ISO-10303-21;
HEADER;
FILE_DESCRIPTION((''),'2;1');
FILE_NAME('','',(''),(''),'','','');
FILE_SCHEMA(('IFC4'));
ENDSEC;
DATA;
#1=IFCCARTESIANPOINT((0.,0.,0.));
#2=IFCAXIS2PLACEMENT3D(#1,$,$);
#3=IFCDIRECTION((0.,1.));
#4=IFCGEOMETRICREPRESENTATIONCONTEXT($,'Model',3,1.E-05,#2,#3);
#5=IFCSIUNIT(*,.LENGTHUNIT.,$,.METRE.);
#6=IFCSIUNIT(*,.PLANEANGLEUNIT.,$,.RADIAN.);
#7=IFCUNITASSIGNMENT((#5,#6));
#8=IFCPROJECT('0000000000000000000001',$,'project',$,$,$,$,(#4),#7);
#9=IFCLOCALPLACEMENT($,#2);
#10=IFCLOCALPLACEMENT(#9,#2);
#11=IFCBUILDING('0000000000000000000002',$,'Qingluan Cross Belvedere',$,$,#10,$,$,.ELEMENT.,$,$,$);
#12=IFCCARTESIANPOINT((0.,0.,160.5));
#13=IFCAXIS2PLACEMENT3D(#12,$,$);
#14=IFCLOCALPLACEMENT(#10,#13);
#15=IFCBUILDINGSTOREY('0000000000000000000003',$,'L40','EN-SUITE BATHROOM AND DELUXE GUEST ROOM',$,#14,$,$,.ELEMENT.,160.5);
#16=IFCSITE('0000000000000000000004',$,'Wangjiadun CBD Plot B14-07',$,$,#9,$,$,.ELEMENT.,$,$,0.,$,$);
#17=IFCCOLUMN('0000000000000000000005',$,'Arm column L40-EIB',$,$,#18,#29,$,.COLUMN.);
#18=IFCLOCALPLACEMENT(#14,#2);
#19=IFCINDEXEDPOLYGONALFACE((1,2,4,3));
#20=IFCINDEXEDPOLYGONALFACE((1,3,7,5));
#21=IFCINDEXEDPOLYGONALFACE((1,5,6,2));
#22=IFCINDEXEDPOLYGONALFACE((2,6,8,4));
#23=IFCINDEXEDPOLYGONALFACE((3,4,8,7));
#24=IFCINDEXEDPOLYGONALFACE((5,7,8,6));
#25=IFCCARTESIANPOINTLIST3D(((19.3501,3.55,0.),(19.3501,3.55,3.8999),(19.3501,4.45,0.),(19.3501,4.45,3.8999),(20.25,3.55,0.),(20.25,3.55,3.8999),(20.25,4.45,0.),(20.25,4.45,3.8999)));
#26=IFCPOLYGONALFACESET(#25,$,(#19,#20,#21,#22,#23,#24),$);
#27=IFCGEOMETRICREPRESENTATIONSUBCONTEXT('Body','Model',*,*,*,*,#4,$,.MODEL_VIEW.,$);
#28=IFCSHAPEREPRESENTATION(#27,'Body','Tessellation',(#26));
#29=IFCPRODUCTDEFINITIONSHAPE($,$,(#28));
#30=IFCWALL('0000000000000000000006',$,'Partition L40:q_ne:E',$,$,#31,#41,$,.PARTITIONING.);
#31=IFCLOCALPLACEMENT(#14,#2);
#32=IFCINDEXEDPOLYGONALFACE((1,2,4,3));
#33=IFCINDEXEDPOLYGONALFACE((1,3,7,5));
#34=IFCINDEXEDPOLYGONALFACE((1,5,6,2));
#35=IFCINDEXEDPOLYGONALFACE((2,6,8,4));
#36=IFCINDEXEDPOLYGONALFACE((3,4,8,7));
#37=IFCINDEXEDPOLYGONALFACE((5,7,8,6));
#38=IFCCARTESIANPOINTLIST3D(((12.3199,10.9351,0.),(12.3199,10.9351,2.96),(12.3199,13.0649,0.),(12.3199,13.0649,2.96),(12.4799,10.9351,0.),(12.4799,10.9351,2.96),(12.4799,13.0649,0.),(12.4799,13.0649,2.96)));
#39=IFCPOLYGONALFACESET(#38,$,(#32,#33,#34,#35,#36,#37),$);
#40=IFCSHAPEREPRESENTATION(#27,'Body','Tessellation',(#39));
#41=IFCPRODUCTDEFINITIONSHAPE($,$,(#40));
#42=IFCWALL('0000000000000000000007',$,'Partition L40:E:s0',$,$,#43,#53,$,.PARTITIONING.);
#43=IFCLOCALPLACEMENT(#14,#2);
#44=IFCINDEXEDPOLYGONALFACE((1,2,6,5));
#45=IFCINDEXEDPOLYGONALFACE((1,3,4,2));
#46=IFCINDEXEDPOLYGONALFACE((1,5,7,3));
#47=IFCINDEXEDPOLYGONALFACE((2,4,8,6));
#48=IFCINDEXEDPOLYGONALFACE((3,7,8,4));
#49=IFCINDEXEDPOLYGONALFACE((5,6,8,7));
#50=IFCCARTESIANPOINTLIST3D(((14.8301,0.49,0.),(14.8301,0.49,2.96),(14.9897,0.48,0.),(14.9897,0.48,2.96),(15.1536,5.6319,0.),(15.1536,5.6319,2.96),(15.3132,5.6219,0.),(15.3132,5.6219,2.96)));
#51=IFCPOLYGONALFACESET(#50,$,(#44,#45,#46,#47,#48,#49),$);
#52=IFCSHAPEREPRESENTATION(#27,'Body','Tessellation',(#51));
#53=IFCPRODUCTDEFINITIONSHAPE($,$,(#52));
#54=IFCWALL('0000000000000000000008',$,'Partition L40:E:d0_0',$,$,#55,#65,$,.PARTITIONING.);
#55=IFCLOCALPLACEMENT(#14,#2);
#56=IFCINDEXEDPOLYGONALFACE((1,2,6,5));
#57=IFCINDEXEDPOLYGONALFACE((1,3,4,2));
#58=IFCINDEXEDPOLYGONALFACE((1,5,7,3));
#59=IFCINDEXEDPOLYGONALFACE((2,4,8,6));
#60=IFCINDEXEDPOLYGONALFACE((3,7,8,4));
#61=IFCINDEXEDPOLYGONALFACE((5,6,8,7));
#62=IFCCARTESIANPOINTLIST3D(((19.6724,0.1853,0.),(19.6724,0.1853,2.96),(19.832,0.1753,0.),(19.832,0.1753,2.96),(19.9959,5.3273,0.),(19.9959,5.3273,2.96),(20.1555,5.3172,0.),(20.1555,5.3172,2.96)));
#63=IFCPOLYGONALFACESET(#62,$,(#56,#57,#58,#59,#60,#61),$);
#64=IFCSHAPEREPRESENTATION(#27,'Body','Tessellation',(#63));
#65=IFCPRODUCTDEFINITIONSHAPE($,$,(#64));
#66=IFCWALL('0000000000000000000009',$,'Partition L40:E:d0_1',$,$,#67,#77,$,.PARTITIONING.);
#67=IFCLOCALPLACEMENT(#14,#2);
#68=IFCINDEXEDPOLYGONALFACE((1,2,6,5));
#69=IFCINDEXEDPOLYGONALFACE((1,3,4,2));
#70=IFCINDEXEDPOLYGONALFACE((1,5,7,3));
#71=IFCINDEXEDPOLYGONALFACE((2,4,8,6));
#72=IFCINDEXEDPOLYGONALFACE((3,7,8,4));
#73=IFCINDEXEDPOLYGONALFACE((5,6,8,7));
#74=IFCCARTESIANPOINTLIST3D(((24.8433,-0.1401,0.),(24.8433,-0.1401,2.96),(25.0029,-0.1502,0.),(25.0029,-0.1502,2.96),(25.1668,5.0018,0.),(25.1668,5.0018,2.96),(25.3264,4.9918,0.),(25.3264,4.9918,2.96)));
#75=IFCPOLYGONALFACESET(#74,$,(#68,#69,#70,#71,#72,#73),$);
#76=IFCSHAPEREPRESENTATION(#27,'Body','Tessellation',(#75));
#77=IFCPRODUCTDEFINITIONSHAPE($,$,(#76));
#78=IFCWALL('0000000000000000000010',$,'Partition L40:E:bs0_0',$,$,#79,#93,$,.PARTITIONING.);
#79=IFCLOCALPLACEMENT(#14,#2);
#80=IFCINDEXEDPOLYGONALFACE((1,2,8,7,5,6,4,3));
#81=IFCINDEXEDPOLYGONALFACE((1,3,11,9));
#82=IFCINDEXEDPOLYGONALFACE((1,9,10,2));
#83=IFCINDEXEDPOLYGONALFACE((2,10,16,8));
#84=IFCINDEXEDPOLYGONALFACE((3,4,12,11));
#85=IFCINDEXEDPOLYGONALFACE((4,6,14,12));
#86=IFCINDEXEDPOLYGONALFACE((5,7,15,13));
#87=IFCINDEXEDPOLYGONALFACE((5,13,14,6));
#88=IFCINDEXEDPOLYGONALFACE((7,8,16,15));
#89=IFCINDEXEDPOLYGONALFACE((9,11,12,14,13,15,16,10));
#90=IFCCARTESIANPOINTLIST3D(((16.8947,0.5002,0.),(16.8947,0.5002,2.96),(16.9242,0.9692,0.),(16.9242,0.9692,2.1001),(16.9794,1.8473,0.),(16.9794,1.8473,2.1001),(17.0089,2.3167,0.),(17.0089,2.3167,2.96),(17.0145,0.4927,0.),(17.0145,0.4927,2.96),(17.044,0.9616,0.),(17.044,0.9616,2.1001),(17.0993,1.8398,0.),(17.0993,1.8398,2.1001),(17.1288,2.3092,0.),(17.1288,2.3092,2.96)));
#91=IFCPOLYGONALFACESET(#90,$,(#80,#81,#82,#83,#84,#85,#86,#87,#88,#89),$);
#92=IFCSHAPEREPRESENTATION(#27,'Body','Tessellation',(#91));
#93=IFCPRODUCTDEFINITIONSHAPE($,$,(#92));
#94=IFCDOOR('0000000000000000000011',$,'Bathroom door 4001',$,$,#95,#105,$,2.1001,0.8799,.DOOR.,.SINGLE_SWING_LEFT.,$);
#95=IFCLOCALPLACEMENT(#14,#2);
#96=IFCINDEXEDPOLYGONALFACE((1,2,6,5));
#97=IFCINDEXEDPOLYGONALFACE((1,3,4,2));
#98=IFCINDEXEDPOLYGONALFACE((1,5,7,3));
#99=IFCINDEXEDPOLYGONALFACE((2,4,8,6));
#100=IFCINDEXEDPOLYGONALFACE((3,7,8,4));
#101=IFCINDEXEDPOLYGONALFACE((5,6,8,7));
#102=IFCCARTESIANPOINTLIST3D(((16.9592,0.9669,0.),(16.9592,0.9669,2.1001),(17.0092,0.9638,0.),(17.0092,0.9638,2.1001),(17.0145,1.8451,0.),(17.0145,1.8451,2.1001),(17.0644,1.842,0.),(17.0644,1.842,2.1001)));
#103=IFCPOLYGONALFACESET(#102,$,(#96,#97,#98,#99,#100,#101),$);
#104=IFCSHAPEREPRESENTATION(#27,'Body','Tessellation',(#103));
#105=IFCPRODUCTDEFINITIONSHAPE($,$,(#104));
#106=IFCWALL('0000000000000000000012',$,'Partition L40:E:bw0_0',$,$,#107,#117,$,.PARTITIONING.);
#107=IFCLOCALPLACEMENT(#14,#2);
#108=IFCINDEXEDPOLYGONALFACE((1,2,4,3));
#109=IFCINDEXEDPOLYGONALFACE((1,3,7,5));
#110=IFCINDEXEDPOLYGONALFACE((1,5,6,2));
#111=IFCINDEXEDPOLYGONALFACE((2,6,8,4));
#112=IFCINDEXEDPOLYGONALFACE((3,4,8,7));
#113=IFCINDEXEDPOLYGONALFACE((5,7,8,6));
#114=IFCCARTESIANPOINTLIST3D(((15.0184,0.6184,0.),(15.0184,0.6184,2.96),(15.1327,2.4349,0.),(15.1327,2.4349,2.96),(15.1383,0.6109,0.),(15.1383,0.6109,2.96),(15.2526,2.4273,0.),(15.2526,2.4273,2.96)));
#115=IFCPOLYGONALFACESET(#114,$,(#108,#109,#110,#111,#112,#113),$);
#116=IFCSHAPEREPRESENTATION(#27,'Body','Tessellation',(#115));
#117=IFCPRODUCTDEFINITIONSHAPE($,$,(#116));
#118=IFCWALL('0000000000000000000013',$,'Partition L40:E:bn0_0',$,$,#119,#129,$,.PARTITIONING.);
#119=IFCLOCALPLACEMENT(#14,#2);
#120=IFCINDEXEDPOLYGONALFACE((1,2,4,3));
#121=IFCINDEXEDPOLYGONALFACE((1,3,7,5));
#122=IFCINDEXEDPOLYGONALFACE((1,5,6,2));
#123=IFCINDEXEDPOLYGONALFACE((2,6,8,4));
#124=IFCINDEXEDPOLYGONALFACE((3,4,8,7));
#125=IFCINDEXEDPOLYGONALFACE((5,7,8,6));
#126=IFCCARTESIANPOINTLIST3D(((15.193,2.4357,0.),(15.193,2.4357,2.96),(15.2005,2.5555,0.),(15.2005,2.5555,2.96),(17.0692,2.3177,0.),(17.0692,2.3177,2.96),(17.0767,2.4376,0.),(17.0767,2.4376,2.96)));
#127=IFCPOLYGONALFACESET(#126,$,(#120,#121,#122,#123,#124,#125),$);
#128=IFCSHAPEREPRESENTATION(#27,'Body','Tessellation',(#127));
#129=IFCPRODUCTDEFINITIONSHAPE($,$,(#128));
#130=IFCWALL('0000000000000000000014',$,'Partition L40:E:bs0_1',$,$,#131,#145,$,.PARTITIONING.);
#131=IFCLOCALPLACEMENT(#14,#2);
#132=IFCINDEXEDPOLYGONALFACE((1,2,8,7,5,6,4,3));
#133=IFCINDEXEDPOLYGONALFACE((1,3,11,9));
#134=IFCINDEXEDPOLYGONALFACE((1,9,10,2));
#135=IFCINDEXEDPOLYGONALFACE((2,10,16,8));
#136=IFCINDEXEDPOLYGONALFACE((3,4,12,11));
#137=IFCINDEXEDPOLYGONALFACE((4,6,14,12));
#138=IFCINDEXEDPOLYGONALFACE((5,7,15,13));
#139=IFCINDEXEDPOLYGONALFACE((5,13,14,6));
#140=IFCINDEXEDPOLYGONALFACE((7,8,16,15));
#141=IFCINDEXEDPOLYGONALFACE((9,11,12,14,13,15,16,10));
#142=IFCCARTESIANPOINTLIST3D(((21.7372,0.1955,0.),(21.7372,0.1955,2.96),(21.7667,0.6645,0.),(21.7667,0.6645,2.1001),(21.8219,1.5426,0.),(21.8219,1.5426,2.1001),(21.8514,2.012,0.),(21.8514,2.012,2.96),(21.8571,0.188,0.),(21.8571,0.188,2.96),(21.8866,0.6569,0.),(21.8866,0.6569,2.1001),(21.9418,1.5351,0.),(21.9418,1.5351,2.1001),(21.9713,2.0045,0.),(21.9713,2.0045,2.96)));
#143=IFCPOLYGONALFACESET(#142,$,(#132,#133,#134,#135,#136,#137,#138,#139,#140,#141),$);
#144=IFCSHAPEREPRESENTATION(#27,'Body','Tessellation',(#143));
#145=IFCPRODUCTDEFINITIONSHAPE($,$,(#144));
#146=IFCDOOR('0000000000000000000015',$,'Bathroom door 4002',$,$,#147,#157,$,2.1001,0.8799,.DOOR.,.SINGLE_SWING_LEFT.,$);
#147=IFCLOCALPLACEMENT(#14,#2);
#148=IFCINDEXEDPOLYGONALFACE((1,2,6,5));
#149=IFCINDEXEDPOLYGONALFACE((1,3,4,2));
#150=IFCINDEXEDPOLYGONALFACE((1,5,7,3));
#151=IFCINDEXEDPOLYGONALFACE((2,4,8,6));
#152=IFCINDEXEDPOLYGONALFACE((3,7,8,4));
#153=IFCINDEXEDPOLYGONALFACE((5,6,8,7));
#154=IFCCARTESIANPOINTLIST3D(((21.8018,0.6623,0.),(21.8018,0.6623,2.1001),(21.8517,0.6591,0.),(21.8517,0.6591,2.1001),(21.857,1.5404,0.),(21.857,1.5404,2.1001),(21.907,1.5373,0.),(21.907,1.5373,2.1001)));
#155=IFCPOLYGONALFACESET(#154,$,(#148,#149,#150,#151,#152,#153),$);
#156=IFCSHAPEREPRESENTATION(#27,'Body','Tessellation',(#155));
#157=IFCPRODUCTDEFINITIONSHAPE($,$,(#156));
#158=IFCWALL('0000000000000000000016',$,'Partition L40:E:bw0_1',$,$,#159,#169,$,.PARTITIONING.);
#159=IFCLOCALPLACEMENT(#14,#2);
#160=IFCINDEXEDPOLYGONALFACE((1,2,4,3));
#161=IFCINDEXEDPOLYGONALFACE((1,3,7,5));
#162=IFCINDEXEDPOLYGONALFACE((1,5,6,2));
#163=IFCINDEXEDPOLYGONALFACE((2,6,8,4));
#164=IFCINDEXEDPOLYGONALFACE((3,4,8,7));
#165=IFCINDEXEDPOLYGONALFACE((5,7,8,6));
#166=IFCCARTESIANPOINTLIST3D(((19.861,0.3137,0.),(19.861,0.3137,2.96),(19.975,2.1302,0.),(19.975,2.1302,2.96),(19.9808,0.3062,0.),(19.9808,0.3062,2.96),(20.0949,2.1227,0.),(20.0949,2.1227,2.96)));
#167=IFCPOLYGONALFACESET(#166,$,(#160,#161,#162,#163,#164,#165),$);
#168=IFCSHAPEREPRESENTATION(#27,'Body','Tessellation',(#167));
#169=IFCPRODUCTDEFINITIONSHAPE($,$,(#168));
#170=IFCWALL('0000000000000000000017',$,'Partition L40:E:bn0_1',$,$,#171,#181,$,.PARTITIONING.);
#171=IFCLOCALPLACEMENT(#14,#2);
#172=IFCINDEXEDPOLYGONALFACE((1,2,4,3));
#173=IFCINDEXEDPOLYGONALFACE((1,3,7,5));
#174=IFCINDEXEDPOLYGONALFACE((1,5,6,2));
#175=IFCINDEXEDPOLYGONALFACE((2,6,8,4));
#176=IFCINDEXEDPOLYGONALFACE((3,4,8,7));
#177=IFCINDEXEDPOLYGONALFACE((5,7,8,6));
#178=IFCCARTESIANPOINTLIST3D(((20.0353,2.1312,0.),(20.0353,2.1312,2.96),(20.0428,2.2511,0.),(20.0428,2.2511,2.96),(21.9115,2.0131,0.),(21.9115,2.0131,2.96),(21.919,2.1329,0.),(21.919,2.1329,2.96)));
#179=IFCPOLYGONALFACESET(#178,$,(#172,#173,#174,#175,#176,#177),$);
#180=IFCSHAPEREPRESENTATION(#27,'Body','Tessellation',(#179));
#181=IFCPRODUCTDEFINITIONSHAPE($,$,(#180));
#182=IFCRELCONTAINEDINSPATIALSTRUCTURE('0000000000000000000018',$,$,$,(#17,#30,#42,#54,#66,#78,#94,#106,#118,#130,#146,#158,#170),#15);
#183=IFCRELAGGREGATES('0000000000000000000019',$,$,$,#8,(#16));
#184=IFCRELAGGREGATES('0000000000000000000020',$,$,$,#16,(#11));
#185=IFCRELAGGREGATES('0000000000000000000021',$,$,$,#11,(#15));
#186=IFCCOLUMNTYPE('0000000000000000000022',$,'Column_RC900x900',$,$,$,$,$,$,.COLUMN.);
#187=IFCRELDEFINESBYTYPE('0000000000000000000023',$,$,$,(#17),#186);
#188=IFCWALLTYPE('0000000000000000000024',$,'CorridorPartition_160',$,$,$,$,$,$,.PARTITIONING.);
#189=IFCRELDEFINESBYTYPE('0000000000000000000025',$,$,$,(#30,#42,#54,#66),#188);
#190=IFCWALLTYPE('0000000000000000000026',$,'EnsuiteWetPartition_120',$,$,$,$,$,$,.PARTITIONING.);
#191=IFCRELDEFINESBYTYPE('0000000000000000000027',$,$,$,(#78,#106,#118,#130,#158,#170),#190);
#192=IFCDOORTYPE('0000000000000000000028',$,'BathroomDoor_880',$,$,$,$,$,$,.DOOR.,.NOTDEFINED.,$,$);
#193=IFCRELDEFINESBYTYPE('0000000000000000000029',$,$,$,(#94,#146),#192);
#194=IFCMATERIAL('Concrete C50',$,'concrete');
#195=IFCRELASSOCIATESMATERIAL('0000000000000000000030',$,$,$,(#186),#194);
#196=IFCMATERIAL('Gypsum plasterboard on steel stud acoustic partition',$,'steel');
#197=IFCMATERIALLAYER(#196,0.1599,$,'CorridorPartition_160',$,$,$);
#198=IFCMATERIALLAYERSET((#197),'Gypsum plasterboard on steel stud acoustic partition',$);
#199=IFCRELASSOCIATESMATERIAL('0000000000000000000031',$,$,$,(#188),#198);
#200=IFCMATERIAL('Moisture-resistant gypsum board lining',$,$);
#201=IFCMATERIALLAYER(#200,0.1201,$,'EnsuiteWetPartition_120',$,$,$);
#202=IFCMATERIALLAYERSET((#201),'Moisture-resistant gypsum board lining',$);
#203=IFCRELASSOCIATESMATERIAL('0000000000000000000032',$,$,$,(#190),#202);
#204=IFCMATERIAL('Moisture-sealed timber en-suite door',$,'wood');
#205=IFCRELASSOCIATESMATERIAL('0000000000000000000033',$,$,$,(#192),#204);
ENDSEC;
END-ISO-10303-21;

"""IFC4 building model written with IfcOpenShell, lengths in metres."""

from ifc_helpers import new_model, si_unit, direction, frame, frame_2d, origin, origin_2d, place, context, subcontext, project, spatial, rectangle, extrude, material, layer, layer_set, material_profile, profile_set, type_object, element, fill, save


model = new_model("IFC4")

# Units and contexts
model_context = context("Model", 3, precision=1e-05, world=origin(), true_north=direction((0.0, 1.0)))
body_context = subcontext(model_context, "Body", "Model", "MODEL_VIEW")
ifc_project = project(units=[si_unit("LENGTHUNIT", "METRE"), si_unit("PLANEANGLEUNIT", "RADIAN")], contexts=[model_context])

# Site, building, storey
site_placement = place(None, origin())
site = spatial("IfcSite", under=ifc_project, at=site_placement, Name="Wangjiadun CBD Plot B14-07", CompositionType="ELEMENT", RefElevation=0.0)
building_placement = place(site_placement, origin())
building = spatial("IfcBuilding", under=site, at=building_placement, Name="Qingluan Cross Belvedere", CompositionType="ELEMENT")
storey_placement = place(building_placement, frame((0.0, 0.0, 160.5)))
storey = spatial("IfcBuildingStorey", under=building, at=storey_placement, Name="L40", Description="EN-SUITE BATHROOM AND DELUXE GUEST ROOM", CompositionType="ELEMENT", Elevation=160.5)

# Column
ifc_material_1 = material(Name="Concrete C50", Category="concrete")
ifc_material_profile = material_profile(ifc_material_1, rectangle(XDim=0.8999, YDim=0.8999, at=origin_2d()), Name="RC900x900")
ifc_profile_set = profile_set([ifc_material_profile], Name="Concrete C50")
column_type = type_object("IfcColumnType", Name="Column_RC900x900", PredefinedType="COLUMN", material=ifc_profile_set)
column_placement = place(storey_placement, frame((19.8, 4.0, 0.0), z_axis=(0.0, 0.0, 1.0), x_axis=(1.0, 0.0, 0.0)))
element("IfcColumn", 1, at=column_placement, inside=storey, type_object=column_type, Name="Arm column L40-EIB", PredefinedType="COLUMN", context=body_context, shape_type="SweptSolid", body=[
    extrude(rectangle(XDim=0.8999, YDim=0.8999, at=origin_2d()), origin(), (0.0, 0.0, 1.0), 3.8999),
])

# Wall
ifc_material_2 = material(Name="Gypsum plasterboard on steel stud acoustic partition", Category="steel")
ifc_layer_1 = layer(ifc_material_2, 0.1599, Name="CorridorPartition_160")
ifc_layer_set_1 = layer_set([ifc_layer_1], Name="Gypsum plasterboard on steel stud acoustic partition")
wall_type_1 = type_object("IfcWallType", Name="CorridorPartition_160", PredefinedType="PARTITIONING", material=ifc_layer_set_1)
wall_1_placement = place(storey_placement, frame((12.3999, 10.9351, 0.0), z_axis=(0.0, 0.0, 1.0), x_axis=(0.0, 1.0, 0.0)))
element("IfcWall", 2, at=wall_1_placement, inside=storey, type_object=wall_type_1, Name="Partition L40:q_ne:E", PredefinedType="PARTITIONING", context=body_context, shape_type="SweptSolid", body=[
    extrude(rectangle(XDim=2.1299, YDim=0.1599, at=frame_2d((1.0649, 0.0))), origin(), (0.0, 0.0, 1.0), 2.96),
])

# Walls
for number, where, z_axis, x_axis, name in (
    (3, (14.9099, 0.4849, 0.0), (0.0, 0.0, 1.0), (0.062788, 0.998027, 0.0), "Partition L40:E:s0"),
    (4, (19.7522, 0.1802, 0.0), (0.0, 0.0, 1.0), (0.062788, 0.998027, 0.0), "Partition L40:E:d0_0"),
    (5, (24.9231, -0.1453, 0.0), (0.0, 0.0, 1.0), (0.062788, 0.998027, 0.0), "Partition L40:E:d0_1"),
):
    element("IfcWall", number, at=place(storey_placement, frame(where, z_axis=z_axis, x_axis=x_axis)), inside=storey, type_object=wall_type_1, Name=name, PredefinedType="PARTITIONING", context=body_context, shape_type="SweptSolid", body=[
        extrude(rectangle(XDim=5.1521, YDim=0.1599, at=frame_2d((2.5762, 0.0))), origin(), (0.0, 0.0, 1.0), 2.96),
    ])

# Wall, opening, door
ifc_material_3 = material(Name="Moisture-resistant gypsum board lining")
ifc_layer_2 = layer(ifc_material_3, 0.1201, Name="EnsuiteWetPartition_120")
ifc_layer_set_2 = layer_set([ifc_layer_2], Name="Moisture-resistant gypsum board lining")
wall_type_2 = type_object("IfcWallType", Name="EnsuiteWetPartition_120", PredefinedType="PARTITIONING", material=ifc_layer_set_2)
wall_2_placement = place(storey_placement, frame((16.9546, 0.4963, 0.0), z_axis=(0.0, 0.0, 1.0), x_axis=(0.062779, 0.998027, 0.0)))
wall_2 = element("IfcWall", 6, at=wall_2_placement, inside=storey, type_object=wall_type_2, Name="Partition L40:E:bs0_0", PredefinedType="PARTITIONING", context=body_context, shape_type="SweptSolid", body=[
    extrude(rectangle(XDim=1.8201, YDim=0.1201, at=frame_2d((0.9102, 0.0))), origin(), (0.0, 0.0, 1.0), 2.96),
])
opening_1_placement = place(wall_2_placement, frame((0.47, 0.0, 0.0)))
opening_1 = element("IfcOpeningElement", 7, at=opening_1_placement, cuts=wall_2, PredefinedType="OPENING", context=body_context, shape_type="SweptSolid", body=[
    extrude(rectangle(XDim=0.8799, YDim=2.1001, at=frame_2d((0.4399, 1.05))), frame((0.0, 0.0701, 0.0), z_axis=(0.0, -1.0, 0.0), x_axis=(1.0, 0.0, 0.0)), (0.0, 0.0, 1.0), 0.1401),
])
ifc_material_4 = material(Name="Moisture-sealed timber en-suite door", Category="wood")
door_type_1 = type_object("IfcDoorType", Name="BathroomDoor_880", OperationType="NOTDEFINED", PredefinedType="DOOR", material=ifc_material_4)
door_1_placement = place(opening_1_placement, origin())
door_1 = element("IfcDoor", 8, at=door_1_placement, inside=storey, type_object=door_type_1, Name="Bathroom door 4001", OperationType="SINGLE_SWING_LEFT", OverallHeight=2.1001, OverallWidth=0.8799, PredefinedType="DOOR", context=body_context, shape_type="SweptSolid", body=[
    extrude(rectangle(XDim=0.8799, YDim=2.1001, at=frame_2d((0.4399, 1.05))), frame((0.0, 0.0249, 0.0), z_axis=(0.0, -1.0, 0.0), x_axis=(1.0, 0.0, 0.0)), (0.0, 0.0, 1.0), 0.05),
])
fill(opening_1, door_1)

# Walls
wall_3_placement = place(storey_placement, frame((15.0784, 0.6145, 0.0), z_axis=(0.0, 0.0, 1.0), x_axis=(0.062779, 0.998027, 0.0)))
element("IfcWall", 9, at=wall_3_placement, inside=storey, type_object=wall_type_2, Name="Partition L40:E:bw0_0", PredefinedType="PARTITIONING", context=body_context, shape_type="SweptSolid", body=[
    extrude(rectangle(XDim=1.8201, YDim=0.1201, at=frame_2d((0.9102, 0.0))), origin(), (0.0, 0.0, 1.0), 2.96),
])
wall_4_placement = place(storey_placement, frame((15.1968, 2.4956, 0.0), z_axis=(0.0, 0.0, 1.0), x_axis=(0.998031, -0.062726, 0.0)))
element("IfcWall", 10, at=wall_4_placement, inside=storey, type_object=wall_type_2, Name="Partition L40:E:bn0_0", PredefinedType="PARTITIONING", context=body_context, shape_type="SweptSolid", body=[
    extrude(rectangle(XDim=1.8799, YDim=0.1201, at=frame_2d((0.9399, 0.0))), origin(), (0.0, 0.0, 1.0), 2.96),
])

# Wall, opening, door
wall_5_placement = place(storey_placement, frame((21.7971, 0.1917, 0.0), z_axis=(0.0, 0.0, 1.0), x_axis=(0.062779, 0.998027, 0.0)))
wall_5 = element("IfcWall", 11, at=wall_5_placement, inside=storey, type_object=wall_type_2, Name="Partition L40:E:bs0_1", PredefinedType="PARTITIONING", context=body_context, shape_type="SweptSolid", body=[
    extrude(rectangle(XDim=1.8201, YDim=0.1201, at=frame_2d((0.9102, 0.0))), origin(), (0.0, 0.0, 1.0), 2.96),
])
opening_2_placement = place(wall_5_placement, frame((0.47, 0.0, 0.0)))
opening_2 = element("IfcOpeningElement", 12, at=opening_2_placement, cuts=wall_5, PredefinedType="OPENING", context=body_context, shape_type="SweptSolid", body=[
    extrude(rectangle(XDim=0.8799, YDim=2.1001, at=frame_2d((0.4399, 1.05))), frame((0.0, 0.0701, 0.0), z_axis=(0.0, -1.0, 0.0), x_axis=(1.0, 0.0, 0.0)), (0.0, 0.0, 1.0), 0.1401),
])
door_2_placement = place(opening_2_placement, origin())
door_2 = element("IfcDoor", 13, at=door_2_placement, inside=storey, type_object=door_type_1, Name="Bathroom door 4002", OperationType="SINGLE_SWING_LEFT", OverallHeight=2.1001, OverallWidth=0.8799, PredefinedType="DOOR", context=body_context, shape_type="SweptSolid", body=[
    extrude(rectangle(XDim=0.8799, YDim=2.1001, at=frame_2d((0.4399, 1.05))), frame((0.0, 0.0249, 0.0), z_axis=(0.0, -1.0, 0.0), x_axis=(1.0, 0.0, 0.0)), (0.0, 0.0, 1.0), 0.05),
])
fill(opening_2, door_2)

# Walls
wall_6_placement = place(storey_placement, frame((19.9209, 0.3098, 0.0), z_axis=(0.0, 0.0, 1.0), x_axis=(0.062646, 0.998036, 0.0)))
element("IfcWall", 14, at=wall_6_placement, inside=storey, type_object=wall_type_2, Name="Partition L40:E:bw0_1", PredefinedType="PARTITIONING", context=body_context, shape_type="SweptSolid", body=[
    extrude(rectangle(XDim=1.8201, YDim=0.1201, at=frame_2d((0.9102, 0.0))), origin(), (0.0, 0.0, 1.0), 2.96),
])
wall_7_placement = place(storey_placement, frame((20.0391, 2.1912, 0.0), z_axis=(0.0, 0.0, 1.0), x_axis=(0.998023, -0.062855, 0.0)))
element("IfcWall", 15, at=wall_7_placement, inside=storey, type_object=wall_type_2, Name="Partition L40:E:bn0_1", PredefinedType="PARTITIONING", context=body_context, shape_type="SweptSolid", body=[
    extrude(rectangle(XDim=1.8799, YDim=0.1201, at=frame_2d((0.9399, 0.0))), origin(), (0.0, 0.0, 1.0), 2.96),
])

save(model, "model.ifc")
